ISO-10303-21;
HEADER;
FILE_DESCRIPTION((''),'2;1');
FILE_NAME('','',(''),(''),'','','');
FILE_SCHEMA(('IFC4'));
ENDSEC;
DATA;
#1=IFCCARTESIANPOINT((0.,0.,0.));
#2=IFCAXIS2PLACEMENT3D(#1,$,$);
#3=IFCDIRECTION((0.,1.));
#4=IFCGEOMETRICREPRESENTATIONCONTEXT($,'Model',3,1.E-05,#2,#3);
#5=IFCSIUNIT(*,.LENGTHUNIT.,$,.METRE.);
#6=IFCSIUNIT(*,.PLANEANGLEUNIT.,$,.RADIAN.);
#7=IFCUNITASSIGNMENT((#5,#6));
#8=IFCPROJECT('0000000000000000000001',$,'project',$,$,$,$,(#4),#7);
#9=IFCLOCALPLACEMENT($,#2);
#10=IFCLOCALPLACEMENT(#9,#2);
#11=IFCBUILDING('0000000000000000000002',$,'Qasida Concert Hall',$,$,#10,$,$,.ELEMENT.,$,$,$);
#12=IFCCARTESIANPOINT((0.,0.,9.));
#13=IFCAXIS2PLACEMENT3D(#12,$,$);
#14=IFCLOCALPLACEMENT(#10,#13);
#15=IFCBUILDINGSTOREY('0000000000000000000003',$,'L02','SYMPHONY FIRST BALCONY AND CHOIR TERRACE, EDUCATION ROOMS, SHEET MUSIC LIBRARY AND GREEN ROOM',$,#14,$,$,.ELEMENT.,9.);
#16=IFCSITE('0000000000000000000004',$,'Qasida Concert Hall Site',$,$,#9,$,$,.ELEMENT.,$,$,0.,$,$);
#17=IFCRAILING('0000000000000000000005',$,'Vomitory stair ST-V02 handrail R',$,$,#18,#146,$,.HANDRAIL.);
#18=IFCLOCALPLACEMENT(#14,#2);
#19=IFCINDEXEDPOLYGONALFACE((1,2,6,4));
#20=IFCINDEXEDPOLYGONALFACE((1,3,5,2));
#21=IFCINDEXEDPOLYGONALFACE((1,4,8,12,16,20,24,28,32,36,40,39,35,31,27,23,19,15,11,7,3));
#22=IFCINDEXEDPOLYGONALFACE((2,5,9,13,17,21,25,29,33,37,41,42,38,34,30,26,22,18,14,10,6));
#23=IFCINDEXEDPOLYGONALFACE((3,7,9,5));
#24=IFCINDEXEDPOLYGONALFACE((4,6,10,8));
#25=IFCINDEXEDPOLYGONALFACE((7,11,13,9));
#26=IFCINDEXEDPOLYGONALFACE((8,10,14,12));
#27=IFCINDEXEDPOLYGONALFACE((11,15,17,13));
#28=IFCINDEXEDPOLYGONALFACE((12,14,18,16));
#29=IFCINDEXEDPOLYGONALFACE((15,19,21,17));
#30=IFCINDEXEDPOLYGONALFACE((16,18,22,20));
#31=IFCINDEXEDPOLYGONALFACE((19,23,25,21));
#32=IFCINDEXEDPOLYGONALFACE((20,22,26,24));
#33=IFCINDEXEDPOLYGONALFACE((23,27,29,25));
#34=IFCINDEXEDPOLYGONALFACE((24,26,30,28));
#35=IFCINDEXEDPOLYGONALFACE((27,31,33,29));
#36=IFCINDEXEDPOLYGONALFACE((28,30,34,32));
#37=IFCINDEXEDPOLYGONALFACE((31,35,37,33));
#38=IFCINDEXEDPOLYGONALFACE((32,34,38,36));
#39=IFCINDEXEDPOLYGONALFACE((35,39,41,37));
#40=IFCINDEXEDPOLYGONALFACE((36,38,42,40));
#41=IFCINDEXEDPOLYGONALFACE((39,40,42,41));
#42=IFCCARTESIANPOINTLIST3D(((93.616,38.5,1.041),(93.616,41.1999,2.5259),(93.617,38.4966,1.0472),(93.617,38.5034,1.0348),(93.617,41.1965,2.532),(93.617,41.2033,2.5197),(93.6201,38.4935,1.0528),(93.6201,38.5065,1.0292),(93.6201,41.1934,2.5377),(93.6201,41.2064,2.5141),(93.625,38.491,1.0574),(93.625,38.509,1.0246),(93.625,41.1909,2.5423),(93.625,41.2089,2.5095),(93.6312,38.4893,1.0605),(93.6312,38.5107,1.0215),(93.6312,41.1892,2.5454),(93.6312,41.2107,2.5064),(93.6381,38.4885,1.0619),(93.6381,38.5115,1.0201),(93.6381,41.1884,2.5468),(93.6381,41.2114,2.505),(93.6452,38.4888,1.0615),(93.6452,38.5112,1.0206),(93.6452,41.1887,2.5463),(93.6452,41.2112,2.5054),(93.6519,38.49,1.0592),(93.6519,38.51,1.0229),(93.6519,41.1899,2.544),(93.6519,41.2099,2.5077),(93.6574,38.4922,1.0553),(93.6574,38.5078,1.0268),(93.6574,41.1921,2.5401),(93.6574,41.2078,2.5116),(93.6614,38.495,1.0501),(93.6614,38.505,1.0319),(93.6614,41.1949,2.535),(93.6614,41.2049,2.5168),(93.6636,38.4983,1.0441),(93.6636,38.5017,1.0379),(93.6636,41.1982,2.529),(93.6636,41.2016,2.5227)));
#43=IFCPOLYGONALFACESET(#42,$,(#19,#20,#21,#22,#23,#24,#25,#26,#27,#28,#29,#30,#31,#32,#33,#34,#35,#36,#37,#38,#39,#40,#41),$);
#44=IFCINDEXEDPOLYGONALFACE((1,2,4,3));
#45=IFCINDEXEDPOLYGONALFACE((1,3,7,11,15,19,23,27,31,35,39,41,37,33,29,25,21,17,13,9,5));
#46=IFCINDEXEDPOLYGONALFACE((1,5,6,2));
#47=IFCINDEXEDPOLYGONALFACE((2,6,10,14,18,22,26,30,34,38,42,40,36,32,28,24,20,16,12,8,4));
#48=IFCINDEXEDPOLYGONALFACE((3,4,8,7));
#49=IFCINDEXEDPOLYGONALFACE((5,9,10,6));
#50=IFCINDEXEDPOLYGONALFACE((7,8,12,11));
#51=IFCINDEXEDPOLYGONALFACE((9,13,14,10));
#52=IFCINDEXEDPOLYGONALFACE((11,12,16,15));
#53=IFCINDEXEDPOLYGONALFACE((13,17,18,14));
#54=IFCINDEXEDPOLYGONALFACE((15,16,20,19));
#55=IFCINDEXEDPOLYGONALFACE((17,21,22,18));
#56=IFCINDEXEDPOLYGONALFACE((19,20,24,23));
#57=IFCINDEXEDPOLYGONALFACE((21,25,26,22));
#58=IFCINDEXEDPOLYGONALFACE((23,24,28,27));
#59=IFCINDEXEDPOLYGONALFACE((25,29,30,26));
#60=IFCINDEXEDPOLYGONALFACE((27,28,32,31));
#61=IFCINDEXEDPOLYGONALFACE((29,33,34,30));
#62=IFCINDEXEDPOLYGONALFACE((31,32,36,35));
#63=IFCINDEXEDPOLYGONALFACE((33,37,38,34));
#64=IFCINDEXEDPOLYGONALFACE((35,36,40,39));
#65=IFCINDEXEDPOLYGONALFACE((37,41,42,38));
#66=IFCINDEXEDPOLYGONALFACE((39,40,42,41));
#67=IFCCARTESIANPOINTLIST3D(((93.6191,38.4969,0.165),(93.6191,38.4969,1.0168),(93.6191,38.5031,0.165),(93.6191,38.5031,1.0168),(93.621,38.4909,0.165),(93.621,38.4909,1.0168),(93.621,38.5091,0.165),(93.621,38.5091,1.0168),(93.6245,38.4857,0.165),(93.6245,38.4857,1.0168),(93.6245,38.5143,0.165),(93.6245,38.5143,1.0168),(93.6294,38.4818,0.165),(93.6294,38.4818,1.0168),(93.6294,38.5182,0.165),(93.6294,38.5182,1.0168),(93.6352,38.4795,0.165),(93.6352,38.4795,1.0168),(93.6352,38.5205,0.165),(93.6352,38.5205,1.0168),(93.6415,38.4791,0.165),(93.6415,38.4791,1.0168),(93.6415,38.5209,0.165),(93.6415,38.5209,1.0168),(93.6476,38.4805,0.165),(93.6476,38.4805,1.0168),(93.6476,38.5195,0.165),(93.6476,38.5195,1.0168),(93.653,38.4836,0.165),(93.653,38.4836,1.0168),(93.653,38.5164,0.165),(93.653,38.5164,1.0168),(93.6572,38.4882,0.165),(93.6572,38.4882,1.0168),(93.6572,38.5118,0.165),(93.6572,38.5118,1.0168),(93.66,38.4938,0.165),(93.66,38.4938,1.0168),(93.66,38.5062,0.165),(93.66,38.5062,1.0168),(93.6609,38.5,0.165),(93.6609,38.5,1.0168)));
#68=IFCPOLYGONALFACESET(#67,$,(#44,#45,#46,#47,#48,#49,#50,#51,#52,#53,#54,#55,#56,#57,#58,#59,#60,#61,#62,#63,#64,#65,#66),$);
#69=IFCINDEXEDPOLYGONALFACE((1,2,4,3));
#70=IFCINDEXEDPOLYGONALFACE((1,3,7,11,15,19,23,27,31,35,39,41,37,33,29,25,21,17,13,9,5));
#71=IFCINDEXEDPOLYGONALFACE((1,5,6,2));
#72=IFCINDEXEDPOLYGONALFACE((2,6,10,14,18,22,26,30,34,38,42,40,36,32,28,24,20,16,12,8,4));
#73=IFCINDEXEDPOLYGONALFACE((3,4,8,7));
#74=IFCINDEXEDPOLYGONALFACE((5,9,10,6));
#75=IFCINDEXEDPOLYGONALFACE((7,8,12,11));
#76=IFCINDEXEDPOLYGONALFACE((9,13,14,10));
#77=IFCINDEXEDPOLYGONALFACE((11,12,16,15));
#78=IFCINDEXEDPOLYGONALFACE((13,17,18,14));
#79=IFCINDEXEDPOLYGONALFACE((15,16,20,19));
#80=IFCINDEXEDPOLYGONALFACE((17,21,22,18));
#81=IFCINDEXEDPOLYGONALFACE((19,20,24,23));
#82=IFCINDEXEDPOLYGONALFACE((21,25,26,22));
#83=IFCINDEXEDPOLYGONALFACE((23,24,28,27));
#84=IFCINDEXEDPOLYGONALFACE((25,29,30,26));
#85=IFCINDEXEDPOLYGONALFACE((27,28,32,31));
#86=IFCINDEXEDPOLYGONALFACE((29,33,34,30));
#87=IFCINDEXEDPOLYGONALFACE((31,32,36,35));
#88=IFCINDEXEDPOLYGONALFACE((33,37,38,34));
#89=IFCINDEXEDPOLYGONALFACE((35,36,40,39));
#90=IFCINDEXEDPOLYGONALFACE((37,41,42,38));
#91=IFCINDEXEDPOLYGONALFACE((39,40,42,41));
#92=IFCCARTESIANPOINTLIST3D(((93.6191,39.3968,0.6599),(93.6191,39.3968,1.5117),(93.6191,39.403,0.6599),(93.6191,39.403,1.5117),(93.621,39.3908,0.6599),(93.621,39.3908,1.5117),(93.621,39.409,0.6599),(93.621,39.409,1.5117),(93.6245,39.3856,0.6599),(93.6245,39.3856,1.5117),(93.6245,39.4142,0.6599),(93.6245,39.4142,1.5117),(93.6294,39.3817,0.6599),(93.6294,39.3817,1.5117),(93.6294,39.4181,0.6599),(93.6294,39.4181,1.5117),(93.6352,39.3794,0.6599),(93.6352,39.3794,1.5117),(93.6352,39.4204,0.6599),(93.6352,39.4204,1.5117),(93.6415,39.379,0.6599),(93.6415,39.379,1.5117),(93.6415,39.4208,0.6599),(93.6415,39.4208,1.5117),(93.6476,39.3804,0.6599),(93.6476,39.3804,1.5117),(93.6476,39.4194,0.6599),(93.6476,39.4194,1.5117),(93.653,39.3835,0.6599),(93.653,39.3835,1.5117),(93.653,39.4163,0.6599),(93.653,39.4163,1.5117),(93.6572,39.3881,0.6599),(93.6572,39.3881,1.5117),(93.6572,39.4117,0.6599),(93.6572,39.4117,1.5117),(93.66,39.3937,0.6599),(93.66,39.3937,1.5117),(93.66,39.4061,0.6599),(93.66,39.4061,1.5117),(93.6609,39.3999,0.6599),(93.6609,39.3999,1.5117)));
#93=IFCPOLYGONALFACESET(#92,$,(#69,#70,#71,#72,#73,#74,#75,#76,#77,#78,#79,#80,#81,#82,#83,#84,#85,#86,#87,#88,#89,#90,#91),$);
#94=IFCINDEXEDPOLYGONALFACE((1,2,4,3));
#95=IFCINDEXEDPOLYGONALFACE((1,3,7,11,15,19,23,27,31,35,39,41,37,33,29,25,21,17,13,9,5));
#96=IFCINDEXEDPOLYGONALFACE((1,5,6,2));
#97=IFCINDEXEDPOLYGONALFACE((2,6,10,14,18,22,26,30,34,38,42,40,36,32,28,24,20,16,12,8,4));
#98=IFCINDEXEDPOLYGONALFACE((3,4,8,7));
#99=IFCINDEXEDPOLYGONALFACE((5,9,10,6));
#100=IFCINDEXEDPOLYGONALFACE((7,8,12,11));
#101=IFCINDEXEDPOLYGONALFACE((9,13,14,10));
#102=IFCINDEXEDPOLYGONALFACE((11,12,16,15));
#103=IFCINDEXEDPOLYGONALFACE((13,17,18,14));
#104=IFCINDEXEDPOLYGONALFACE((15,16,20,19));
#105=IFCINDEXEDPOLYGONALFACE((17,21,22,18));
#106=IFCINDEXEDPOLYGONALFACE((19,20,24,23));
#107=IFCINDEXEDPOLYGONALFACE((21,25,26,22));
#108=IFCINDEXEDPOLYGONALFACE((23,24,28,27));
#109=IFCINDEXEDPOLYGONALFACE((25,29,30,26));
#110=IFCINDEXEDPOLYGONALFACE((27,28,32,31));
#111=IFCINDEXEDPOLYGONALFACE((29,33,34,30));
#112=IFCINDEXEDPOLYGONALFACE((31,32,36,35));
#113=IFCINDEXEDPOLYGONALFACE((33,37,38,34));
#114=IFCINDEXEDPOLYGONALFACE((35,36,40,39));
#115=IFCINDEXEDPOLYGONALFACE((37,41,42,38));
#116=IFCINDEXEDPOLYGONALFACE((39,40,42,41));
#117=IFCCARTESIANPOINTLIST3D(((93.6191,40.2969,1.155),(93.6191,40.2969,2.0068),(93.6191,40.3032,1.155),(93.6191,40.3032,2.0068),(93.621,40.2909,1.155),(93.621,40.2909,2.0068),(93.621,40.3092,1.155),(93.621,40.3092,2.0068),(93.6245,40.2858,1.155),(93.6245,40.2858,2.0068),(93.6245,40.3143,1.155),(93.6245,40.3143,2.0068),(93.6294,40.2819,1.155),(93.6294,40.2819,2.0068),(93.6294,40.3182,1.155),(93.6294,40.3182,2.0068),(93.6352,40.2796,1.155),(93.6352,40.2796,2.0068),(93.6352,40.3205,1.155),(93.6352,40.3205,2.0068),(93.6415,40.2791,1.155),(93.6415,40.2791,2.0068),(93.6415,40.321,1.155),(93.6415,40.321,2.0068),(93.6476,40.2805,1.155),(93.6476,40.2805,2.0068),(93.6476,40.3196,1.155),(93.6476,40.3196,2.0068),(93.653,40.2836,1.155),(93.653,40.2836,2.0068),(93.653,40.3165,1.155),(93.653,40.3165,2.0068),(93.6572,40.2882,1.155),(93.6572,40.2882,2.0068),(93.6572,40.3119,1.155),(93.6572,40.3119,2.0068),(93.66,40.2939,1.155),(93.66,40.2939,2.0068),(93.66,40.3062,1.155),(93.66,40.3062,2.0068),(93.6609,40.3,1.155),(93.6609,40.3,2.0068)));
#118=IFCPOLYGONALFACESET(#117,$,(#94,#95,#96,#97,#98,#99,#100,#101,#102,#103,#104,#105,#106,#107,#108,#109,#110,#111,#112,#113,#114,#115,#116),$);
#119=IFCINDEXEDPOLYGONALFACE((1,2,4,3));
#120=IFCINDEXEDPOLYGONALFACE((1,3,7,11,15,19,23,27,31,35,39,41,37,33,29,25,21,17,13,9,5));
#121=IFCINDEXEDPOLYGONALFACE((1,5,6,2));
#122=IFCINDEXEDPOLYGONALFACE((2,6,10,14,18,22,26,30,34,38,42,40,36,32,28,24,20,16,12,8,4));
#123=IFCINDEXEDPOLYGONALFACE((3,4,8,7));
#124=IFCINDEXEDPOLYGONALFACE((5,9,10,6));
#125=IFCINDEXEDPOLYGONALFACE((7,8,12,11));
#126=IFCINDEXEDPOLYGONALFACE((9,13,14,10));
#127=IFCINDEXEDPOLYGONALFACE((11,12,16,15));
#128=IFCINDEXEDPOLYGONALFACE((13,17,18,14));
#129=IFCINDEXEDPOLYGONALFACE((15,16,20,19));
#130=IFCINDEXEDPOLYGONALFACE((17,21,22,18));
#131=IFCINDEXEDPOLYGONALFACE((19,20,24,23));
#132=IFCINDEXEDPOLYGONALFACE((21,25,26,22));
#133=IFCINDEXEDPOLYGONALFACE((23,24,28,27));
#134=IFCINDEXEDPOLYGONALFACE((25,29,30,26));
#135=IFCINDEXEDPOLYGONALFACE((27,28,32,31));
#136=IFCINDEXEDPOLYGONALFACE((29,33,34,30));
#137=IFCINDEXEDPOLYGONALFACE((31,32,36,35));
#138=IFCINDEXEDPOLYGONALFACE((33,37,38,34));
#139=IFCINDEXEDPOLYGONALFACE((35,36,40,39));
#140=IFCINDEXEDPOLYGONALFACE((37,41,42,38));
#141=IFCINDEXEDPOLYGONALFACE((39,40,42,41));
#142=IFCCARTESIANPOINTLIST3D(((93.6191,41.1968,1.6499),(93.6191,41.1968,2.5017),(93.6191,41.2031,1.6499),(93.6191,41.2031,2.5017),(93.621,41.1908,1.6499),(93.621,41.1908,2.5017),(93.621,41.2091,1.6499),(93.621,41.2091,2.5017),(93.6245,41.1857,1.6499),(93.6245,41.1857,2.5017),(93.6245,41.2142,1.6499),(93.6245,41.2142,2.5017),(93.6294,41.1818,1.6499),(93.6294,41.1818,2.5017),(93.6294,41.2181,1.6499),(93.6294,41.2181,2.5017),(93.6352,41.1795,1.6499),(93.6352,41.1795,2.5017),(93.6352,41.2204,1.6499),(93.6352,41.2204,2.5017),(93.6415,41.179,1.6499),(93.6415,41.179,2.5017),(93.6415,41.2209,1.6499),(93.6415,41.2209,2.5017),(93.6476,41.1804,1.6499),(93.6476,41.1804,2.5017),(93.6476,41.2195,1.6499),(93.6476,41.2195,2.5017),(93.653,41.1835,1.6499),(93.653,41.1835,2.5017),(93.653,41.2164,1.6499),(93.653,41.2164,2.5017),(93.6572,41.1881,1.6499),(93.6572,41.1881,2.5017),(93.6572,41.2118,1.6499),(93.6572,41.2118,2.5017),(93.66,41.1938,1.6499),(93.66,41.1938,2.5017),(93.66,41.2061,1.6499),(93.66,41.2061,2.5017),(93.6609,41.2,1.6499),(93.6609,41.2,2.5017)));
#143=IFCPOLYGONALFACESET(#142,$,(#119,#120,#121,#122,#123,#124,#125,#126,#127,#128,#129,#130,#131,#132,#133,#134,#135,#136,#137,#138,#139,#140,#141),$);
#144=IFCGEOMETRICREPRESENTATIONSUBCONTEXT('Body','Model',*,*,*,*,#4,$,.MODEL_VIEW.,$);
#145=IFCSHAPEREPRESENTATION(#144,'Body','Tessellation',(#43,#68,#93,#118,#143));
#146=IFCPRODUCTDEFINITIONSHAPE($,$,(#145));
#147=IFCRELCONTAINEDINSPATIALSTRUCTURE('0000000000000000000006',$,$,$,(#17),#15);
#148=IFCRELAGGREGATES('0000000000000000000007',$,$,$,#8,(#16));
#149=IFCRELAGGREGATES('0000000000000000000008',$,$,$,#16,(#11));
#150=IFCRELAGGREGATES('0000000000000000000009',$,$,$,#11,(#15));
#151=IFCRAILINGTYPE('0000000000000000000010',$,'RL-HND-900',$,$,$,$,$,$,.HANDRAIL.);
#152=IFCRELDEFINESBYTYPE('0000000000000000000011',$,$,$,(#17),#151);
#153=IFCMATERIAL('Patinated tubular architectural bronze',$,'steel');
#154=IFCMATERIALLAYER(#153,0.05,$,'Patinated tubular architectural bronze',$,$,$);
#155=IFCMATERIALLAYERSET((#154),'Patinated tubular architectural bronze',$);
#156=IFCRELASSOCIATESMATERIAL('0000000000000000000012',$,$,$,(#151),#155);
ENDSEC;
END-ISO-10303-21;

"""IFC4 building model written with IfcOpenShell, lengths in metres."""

from ifc_helpers import new_model, si_unit, direction, frame, origin, origin_2d, place, context, subcontext, project, spatial, circle, extrude, material, layer, layer_set, type_object, element, save


model = new_model("IFC4")

# Units and contexts
model_context = context("Model", 3, precision=1e-05, world=origin(), true_north=direction((0.0, 1.0)))
body_context = subcontext(model_context, "Body", "Model", "MODEL_VIEW")
ifc_project = project(units=[si_unit("LENGTHUNIT", "METRE"), si_unit("PLANEANGLEUNIT", "RADIAN")], contexts=[model_context])

# Site, building, storey
site_placement = place(None, origin())
site = spatial("IfcSite", under=ifc_project, at=site_placement, Name="Qasida Concert Hall Site", CompositionType="ELEMENT", RefElevation=0.0)
building_placement = place(site_placement, origin())
building = spatial("IfcBuilding", under=site, at=building_placement, Name="Qasida Concert Hall", CompositionType="ELEMENT")
storey_placement = place(building_placement, frame((0.0, 0.0, 9.0)))
storey = spatial("IfcBuildingStorey", under=building, at=storey_placement, Name="L02", Description="SYMPHONY FIRST BALCONY AND CHOIR TERRACE, EDUCATION ROOMS, SHEET MUSIC LIBRARY AND GREEN ROOM", CompositionType="ELEMENT", Elevation=9.0)

# Railing
ifc_material_1 = material(Name="Patinated tubular architectural bronze", Category="steel")
ifc_layer_1 = layer(ifc_material_1, 0.05, Name="Patinated tubular architectural bronze")
ifc_layer_set_1 = layer_set([ifc_layer_1], Name="Patinated tubular architectural bronze")
railing_type_1 = type_object("IfcRailingType", Name="RL-HND-900", PredefinedType="HANDRAIL", material=ifc_layer_set_1)
for number, where, name in (
    (1, (93.6399, 38.5, 0.165), "Vomitory stair ST-V02 handrail R"),
):
    element("IfcRailing", number, at=place(storey_placement, frame(where)), inside=storey, type_object=railing_type_1, Name=name, PredefinedType="HANDRAIL", context=body_context, shape_type="SweptSolid", body=[
        extrude(circle(Radius=0.0239, at=origin_2d()), frame((0.0, 0.0, 0.876), z_axis=(0.0, 0.876231, 0.481891), x_axis=(-1.0, 0.0, 0.0)), (0.0, 0.0, 1.0), 3.0813),
        extrude(circle(Radius=0.021, at=origin_2d()), origin(), (0.0, 0.0, 1.0), 0.8518),
        extrude(circle(Radius=0.021, at=origin_2d()), frame((0.0, 0.8999, 0.4949)), (0.0, 0.0, 1.0), 0.8518),
        extrude(circle(Radius=0.021, at=origin_2d()), frame((0.0, 1.8, 0.99)), (0.0, 0.0, 1.0), 0.8518),
        extrude(circle(Radius=0.021, at=origin_2d()), frame((0.0, 2.7, 1.4849)), (0.0, 0.0, 1.0), 0.8518),
    ])

save(model, "model.ifc")
